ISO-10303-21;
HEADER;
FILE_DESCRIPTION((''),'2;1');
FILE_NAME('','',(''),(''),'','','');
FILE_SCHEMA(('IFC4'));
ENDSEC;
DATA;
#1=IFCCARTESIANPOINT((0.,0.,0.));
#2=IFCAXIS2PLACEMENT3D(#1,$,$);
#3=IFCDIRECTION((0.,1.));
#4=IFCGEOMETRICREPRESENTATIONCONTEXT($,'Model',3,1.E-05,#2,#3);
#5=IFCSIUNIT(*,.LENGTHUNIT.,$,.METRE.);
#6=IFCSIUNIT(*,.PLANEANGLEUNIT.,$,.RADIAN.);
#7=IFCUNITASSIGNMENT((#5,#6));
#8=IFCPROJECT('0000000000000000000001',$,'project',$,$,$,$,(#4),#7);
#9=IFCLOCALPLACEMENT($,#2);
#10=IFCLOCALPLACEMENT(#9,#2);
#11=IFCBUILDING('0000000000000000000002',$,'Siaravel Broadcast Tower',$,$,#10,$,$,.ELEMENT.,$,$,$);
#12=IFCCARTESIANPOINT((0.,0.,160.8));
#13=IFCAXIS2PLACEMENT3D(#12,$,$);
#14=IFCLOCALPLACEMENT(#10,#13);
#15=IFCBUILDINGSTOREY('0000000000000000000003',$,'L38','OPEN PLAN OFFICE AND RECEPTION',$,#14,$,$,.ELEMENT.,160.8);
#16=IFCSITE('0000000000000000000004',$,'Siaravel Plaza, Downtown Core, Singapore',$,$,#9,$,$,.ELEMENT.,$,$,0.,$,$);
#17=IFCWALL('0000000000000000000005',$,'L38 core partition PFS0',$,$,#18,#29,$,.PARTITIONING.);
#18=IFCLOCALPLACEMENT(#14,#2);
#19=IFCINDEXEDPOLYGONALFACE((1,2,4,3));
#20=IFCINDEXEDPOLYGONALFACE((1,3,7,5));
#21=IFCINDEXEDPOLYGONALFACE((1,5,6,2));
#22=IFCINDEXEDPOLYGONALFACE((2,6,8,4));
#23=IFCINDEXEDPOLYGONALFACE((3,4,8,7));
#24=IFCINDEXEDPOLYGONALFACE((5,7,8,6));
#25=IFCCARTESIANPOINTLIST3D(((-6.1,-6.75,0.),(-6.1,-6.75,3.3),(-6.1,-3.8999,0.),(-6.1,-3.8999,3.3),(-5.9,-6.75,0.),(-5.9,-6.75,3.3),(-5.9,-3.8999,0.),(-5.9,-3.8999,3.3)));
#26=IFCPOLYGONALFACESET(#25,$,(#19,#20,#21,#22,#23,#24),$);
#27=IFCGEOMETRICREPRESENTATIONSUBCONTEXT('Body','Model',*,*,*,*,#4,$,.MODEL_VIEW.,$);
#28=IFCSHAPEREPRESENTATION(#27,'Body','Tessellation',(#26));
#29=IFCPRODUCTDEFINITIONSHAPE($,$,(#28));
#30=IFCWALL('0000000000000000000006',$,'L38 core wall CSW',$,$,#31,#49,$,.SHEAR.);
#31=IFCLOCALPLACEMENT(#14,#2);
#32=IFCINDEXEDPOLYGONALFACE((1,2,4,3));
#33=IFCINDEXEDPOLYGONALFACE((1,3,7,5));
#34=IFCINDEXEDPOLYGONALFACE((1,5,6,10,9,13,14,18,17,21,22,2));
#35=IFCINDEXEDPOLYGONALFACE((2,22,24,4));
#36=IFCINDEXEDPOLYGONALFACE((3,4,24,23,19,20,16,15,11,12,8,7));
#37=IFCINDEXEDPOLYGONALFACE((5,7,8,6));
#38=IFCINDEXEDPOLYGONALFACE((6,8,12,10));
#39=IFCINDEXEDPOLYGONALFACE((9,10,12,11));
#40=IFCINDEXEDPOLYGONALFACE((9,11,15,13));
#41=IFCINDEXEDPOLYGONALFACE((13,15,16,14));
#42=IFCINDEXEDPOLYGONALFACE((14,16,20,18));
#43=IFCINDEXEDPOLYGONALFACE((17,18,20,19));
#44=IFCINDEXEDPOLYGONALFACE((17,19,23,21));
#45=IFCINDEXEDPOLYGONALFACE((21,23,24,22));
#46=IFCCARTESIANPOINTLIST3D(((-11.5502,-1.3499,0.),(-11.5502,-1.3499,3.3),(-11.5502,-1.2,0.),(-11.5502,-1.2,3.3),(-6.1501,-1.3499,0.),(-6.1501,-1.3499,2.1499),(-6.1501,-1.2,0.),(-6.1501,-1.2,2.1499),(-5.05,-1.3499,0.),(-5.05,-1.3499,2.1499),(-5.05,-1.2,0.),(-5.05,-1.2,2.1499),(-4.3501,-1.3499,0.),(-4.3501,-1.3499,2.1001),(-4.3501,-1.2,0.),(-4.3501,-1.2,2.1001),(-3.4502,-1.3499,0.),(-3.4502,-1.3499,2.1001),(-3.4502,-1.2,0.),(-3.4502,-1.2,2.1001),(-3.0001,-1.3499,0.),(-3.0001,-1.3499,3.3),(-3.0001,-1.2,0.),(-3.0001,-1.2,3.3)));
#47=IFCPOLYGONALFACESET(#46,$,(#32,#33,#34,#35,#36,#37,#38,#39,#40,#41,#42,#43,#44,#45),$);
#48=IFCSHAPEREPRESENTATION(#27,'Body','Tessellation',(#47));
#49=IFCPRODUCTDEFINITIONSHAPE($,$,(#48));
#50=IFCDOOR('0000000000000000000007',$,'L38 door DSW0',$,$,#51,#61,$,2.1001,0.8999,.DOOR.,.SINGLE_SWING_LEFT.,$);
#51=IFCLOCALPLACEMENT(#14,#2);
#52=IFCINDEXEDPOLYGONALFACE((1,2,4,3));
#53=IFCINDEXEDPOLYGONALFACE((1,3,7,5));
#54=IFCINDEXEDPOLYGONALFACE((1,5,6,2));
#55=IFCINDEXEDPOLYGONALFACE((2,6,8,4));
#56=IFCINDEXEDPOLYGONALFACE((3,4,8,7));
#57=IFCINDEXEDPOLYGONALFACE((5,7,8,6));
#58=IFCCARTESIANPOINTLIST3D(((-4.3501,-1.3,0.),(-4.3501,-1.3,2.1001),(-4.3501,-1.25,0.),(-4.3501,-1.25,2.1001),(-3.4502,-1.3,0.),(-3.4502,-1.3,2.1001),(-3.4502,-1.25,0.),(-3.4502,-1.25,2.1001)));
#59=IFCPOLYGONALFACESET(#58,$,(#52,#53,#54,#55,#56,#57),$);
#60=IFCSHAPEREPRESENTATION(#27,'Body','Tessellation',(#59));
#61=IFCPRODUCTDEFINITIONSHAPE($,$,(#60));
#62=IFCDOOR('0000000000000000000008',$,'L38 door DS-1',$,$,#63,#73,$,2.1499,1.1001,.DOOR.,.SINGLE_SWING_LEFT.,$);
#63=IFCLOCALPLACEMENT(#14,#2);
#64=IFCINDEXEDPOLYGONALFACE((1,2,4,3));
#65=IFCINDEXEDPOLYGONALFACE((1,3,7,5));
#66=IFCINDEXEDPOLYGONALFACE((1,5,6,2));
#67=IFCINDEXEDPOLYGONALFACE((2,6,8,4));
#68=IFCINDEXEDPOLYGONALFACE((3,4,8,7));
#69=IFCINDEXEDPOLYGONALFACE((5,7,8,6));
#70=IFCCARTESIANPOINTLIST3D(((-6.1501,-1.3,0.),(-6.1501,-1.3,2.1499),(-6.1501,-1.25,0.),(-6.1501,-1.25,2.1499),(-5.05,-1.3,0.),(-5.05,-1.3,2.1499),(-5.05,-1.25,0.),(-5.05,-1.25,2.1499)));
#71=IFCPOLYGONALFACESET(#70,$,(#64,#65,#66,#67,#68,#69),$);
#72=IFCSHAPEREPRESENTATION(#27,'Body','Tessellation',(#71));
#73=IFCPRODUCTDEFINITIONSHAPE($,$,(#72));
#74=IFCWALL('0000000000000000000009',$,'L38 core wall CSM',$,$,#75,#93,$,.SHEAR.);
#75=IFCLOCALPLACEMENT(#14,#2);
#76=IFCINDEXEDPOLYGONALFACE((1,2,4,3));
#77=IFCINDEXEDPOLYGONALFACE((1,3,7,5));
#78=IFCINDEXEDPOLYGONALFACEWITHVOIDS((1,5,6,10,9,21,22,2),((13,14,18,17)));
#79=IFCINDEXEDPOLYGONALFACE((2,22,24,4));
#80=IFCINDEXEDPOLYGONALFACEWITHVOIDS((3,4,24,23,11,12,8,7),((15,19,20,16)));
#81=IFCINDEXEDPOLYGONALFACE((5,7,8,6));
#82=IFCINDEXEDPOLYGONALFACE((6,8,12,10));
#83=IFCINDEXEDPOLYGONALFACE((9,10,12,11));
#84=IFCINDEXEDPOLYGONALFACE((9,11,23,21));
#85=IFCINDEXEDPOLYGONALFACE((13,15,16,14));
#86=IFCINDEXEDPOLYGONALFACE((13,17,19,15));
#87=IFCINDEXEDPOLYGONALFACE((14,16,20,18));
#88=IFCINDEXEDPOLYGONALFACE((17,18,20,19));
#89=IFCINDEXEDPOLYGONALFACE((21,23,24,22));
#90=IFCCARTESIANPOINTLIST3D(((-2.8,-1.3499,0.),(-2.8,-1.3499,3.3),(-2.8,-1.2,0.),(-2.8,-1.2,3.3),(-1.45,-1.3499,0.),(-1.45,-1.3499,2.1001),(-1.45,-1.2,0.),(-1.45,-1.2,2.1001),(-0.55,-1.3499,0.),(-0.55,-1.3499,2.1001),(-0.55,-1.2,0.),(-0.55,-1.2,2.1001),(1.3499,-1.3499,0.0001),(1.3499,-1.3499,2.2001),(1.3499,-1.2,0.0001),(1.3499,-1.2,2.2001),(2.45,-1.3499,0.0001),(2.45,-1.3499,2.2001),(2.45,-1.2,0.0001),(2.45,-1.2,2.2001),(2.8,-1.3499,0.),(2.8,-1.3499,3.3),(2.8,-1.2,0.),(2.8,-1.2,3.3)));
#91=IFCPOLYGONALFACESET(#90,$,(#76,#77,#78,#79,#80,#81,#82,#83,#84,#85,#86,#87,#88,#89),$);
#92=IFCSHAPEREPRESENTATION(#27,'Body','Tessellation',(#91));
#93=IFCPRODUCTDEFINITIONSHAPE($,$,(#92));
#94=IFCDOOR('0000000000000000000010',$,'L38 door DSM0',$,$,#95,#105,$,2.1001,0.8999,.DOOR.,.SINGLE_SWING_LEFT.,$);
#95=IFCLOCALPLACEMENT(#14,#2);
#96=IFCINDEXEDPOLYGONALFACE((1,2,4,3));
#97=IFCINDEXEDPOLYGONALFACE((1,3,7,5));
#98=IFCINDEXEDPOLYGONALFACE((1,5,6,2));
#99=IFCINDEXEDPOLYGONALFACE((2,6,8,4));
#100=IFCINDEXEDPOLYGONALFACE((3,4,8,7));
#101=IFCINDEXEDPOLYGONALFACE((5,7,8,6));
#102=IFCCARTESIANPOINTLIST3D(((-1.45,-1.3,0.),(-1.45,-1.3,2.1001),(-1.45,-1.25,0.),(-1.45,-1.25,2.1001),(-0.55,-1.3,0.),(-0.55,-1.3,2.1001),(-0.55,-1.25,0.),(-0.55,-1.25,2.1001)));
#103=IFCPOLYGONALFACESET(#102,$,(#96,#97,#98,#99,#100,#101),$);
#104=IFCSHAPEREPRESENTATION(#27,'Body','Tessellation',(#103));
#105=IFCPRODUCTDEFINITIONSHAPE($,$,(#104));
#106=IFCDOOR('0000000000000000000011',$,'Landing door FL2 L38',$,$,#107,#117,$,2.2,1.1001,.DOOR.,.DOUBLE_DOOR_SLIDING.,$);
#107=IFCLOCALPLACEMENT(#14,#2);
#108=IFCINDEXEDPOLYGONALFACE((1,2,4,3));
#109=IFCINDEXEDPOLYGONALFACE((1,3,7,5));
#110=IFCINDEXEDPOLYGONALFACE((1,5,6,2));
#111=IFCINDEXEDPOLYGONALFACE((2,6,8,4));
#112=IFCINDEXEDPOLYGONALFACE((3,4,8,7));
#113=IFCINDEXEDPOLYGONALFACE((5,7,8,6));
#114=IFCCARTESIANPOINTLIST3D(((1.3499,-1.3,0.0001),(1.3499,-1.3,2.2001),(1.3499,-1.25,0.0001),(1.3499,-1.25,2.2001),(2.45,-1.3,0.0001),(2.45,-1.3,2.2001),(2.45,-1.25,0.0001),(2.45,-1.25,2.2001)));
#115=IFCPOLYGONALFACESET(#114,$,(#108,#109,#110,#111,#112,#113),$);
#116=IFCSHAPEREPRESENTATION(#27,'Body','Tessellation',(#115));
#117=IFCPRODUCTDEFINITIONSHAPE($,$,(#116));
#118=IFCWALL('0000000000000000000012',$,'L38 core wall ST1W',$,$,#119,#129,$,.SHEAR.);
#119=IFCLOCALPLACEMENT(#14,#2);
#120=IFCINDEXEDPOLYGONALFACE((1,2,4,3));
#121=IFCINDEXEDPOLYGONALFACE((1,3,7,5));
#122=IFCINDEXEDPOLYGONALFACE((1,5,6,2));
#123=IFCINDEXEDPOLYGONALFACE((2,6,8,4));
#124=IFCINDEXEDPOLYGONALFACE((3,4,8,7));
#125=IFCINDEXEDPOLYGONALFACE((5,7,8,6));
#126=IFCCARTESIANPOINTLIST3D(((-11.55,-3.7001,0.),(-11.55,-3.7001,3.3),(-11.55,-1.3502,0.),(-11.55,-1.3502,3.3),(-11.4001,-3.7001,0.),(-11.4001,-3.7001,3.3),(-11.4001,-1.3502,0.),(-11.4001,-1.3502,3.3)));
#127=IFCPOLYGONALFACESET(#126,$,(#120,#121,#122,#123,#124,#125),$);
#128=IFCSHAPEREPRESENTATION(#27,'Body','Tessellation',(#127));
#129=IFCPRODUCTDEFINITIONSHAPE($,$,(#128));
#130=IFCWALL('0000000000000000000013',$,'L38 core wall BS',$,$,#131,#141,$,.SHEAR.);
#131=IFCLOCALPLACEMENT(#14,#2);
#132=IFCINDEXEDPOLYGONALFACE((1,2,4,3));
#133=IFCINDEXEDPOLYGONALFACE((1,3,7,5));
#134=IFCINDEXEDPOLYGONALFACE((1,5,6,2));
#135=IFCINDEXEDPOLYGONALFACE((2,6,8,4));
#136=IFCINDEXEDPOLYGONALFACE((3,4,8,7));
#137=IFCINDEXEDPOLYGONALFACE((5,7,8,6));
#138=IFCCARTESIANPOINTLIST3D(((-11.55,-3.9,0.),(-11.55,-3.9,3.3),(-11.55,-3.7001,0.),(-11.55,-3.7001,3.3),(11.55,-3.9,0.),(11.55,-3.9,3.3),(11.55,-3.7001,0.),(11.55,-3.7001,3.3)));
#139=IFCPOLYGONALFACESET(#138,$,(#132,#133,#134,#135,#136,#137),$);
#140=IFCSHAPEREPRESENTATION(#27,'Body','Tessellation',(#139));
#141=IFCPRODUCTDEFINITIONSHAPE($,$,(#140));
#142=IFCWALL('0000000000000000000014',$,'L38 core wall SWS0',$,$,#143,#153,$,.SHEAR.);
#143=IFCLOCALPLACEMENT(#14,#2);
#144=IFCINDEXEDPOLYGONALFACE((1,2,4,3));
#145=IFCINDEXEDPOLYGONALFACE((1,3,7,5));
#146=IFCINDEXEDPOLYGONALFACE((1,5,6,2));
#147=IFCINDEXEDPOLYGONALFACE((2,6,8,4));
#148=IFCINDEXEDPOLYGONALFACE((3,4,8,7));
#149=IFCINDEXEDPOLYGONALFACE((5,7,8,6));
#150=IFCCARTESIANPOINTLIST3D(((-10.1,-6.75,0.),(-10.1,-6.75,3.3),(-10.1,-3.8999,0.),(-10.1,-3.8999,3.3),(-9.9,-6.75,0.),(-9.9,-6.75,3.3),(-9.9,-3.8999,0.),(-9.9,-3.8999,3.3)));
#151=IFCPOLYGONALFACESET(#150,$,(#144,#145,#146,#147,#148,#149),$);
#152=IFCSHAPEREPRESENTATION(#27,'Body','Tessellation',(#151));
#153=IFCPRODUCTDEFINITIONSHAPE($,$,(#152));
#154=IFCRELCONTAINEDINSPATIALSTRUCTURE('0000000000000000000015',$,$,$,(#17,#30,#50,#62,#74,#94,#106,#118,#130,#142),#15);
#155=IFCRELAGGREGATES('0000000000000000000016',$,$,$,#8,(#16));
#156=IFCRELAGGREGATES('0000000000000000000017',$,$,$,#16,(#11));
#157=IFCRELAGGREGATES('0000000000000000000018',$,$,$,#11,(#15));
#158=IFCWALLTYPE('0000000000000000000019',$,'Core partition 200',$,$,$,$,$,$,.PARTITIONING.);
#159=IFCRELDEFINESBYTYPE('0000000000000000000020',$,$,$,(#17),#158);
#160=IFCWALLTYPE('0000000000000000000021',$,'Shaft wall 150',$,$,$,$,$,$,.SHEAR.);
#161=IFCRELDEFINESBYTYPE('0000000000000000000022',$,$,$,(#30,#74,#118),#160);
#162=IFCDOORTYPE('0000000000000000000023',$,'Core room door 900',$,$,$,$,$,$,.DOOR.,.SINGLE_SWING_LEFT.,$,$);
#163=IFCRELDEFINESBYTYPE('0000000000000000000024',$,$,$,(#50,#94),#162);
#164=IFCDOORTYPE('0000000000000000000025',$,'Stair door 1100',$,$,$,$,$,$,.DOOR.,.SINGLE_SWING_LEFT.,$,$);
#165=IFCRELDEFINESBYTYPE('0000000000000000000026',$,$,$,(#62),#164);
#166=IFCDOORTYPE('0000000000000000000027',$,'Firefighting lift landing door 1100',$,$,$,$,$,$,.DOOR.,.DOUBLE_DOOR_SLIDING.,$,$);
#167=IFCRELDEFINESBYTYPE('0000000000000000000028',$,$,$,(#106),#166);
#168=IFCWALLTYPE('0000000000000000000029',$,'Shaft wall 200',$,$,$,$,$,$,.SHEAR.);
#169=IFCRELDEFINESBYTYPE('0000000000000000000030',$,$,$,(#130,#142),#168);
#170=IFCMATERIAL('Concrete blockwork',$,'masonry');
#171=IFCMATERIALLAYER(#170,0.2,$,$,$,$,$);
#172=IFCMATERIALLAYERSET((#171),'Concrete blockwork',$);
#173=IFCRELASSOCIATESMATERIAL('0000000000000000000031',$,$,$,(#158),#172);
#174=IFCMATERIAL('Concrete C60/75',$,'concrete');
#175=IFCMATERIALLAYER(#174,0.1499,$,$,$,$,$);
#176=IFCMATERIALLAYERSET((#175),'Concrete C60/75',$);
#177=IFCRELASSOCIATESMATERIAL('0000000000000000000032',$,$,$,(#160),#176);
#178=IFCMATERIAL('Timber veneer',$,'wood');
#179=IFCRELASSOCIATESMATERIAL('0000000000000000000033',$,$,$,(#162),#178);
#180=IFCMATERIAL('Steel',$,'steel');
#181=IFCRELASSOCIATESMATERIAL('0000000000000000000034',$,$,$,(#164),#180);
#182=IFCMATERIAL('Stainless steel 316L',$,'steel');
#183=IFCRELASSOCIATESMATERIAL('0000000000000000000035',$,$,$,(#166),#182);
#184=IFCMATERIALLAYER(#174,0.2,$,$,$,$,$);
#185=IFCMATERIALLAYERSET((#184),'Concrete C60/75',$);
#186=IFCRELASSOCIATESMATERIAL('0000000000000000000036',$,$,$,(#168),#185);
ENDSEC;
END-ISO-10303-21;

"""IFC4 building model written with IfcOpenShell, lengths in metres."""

from ifc_helpers import new_model, si_unit, direction, frame, frame_2d, origin, place, context, subcontext, project, spatial, rectangle, extrude, material, layer, layer_set, type_object, element, fill, save


model = new_model("IFC4")

# Units and contexts
model_context = context("Model", 3, precision=1e-05, world=origin(), true_north=direction((0.0, 1.0)))
body_context = subcontext(model_context, "Body", "Model", "MODEL_VIEW")
ifc_project = project(units=[si_unit("LENGTHUNIT", "METRE"), si_unit("PLANEANGLEUNIT", "RADIAN")], contexts=[model_context])

# Site, building, storey
site_placement = place(None, origin())
site = spatial("IfcSite", under=ifc_project, at=site_placement, Name="Siaravel Plaza, Downtown Core, Singapore", CompositionType="ELEMENT", RefElevation=0.0)
building_placement = place(site_placement, origin())
building = spatial("IfcBuilding", under=site, at=building_placement, Name="Siaravel Broadcast Tower", CompositionType="ELEMENT")
storey_placement = place(building_placement, frame((0.0, 0.0, 160.8)))
storey = spatial("IfcBuildingStorey", under=building, at=storey_placement, Name="L38", Description="OPEN PLAN OFFICE AND RECEPTION", CompositionType="ELEMENT", Elevation=160.8)

# Wall
ifc_material_1 = material(Name="Concrete blockwork", Category="masonry")
ifc_layer_1 = layer(ifc_material_1, 0.2)
ifc_layer_set_1 = layer_set([ifc_layer_1], Name="Concrete blockwork")
wall_type_1 = type_object("IfcWallType", Name="Core partition 200", PredefinedType="PARTITIONING", material=ifc_layer_set_1)
wall_1_placement = place(storey_placement, frame((-6.0, -6.75, 0.0), z_axis=(0.0, 0.0, 1.0), x_axis=(0.0, 1.0, 0.0)))
element("IfcWall", 1, at=wall_1_placement, inside=storey, type_object=wall_type_1, Name="L38 core partition PFS0", PredefinedType="PARTITIONING", context=body_context, shape_type="SweptSolid", body=[
    extrude(rectangle(XDim=2.8501, YDim=0.2, at=frame_2d((1.425, 0.0))), origin(), (0.0, 0.0, 1.0), 3.3),
])

# Walls, openings, doors
ifc_material_2 = material(Name="Concrete C60/75", Category="concrete")
ifc_layer_2 = layer(ifc_material_2, 0.1499)
ifc_layer_set_2 = layer_set([ifc_layer_2], Name="Concrete C60/75")
wall_type_2 = type_object("IfcWallType", Name="Shaft wall 150", PredefinedType="SHEAR", material=ifc_layer_set_2)
wall_2_placement = place(storey_placement, frame((-11.55, -1.2749, 0.0), z_axis=(0.0, 0.0, 1.0), x_axis=(1.0, 0.0, 0.0)))
wall_2 = element("IfcWall", 2, at=wall_2_placement, inside=storey, type_object=wall_type_2, Name="L38 core wall CSW", PredefinedType="SHEAR", context=body_context, shape_type="SweptSolid", body=[
    extrude(rectangle(XDim=8.55, YDim=0.1499, at=frame_2d((4.2749, 0.0))), origin(), (0.0, 0.0, 1.0), 3.3),
])
opening_1_placement = place(wall_2_placement, frame((5.3999, 0.0, 0.0)))
opening_1 = element("IfcOpeningElement", 3, at=opening_1_placement, cuts=wall_2, PredefinedType="OPENING", context=body_context, shape_type="SweptSolid", body=[
    extrude(rectangle(XDim=1.1001, YDim=2.1499, at=frame_2d((0.55, 1.075))), frame((0.0, 0.085, 0.0), z_axis=(0.0, -1.0, 0.0), x_axis=(1.0, 0.0, 0.0)), (0.0, 0.0, 1.0), 0.1699),
])
opening_2_placement = place(wall_2_placement, frame((7.2, 0.0, 0.0)))
opening_2 = element("IfcOpeningElement", 4, at=opening_2_placement, cuts=wall_2, PredefinedType="OPENING", context=body_context, shape_type="SweptSolid", body=[
    extrude(rectangle(XDim=0.8999, YDim=2.1001, at=frame_2d((0.45, 1.05))), frame((0.0, 0.085, 0.0), z_axis=(0.0, -1.0, 0.0), x_axis=(1.0, 0.0, 0.0)), (0.0, 0.0, 1.0), 0.1699),
])
ifc_material_3 = material(Name="Timber veneer", Category="wood")
door_type_1 = type_object("IfcDoorType", Name="Core room door 900", OperationType="SINGLE_SWING_LEFT", PredefinedType="DOOR", material=ifc_material_3)
door_1_placement = place(opening_2_placement, origin())
door_1 = element("IfcDoor", 5, at=door_1_placement, inside=storey, type_object=door_type_1, Name="L38 door DSW0", OperationType="SINGLE_SWING_LEFT", OverallHeight=2.1001, OverallWidth=0.8999, PredefinedType="DOOR", context=body_context, shape_type="SweptSolid", body=[
    extrude(rectangle(XDim=0.8999, YDim=2.1001, at=frame_2d((0.45, 1.05))), frame((0.0, 0.0249, 0.0), z_axis=(0.0, -1.0, 0.0), x_axis=(1.0, 0.0, 0.0)), (0.0, 0.0, 1.0), 0.05),
])
fill(opening_2, door_1)
ifc_material_4 = material(Name="Steel", Category="steel")
door_type_2 = type_object("IfcDoorType", Name="Stair door 1100", OperationType="SINGLE_SWING_LEFT", PredefinedType="DOOR", material=ifc_material_4)
door_2_placement = place(opening_1_placement, origin())
door_2 = element("IfcDoor", 6, at=door_2_placement, inside=storey, type_object=door_type_2, Name="L38 door DS-1", OperationType="SINGLE_SWING_LEFT", OverallHeight=2.1499, OverallWidth=1.1001, PredefinedType="DOOR", context=body_context, shape_type="SweptSolid", body=[
    extrude(rectangle(XDim=1.1001, YDim=2.1499, at=frame_2d((0.55, 1.075))), frame((0.0, 0.0249, 0.0), z_axis=(0.0, -1.0, 0.0), x_axis=(1.0, 0.0, 0.0)), (0.0, 0.0, 1.0), 0.05),
])
fill(opening_1, door_2)
wall_3_placement = place(storey_placement, frame((-2.8, -1.2749, 0.0), z_axis=(0.0, 0.0, 1.0), x_axis=(1.0, 0.0, 0.0)))
wall_3 = element("IfcWall", 7, at=wall_3_placement, inside=storey, type_object=wall_type_2, Name="L38 core wall CSM", PredefinedType="SHEAR", context=body_context, shape_type="SweptSolid", body=[
    extrude(rectangle(XDim=5.6001, YDim=0.1499, at=frame_2d((2.8, 0.0))), origin(), (0.0, 0.0, 1.0), 3.3),
])
opening_3_placement = place(wall_3_placement, frame((4.1499, 0.0, 0.0)))
opening_3 = element("IfcOpeningElement", 8, at=opening_3_placement, cuts=wall_3, PredefinedType="OPENING", context=body_context, shape_type="SweptSolid", body=[
    extrude(rectangle(XDim=1.1001, YDim=2.2, at=frame_2d((0.55, 1.1001))), frame((0.0, 0.085, 0.0), z_axis=(0.0, -1.0, 0.0), x_axis=(1.0, 0.0, 0.0)), (0.0, 0.0, 1.0), 0.1699),
])
opening_4_placement = place(wall_3_placement, frame((1.3501, 0.0, 0.0)))
opening_4 = element("IfcOpeningElement", 9, at=opening_4_placement, cuts=wall_3, PredefinedType="OPENING", context=body_context, shape_type="SweptSolid", body=[
    extrude(rectangle(XDim=0.8999, YDim=2.1001, at=frame_2d((0.45, 1.05))), frame((0.0, 0.085, 0.0), z_axis=(0.0, -1.0, 0.0), x_axis=(1.0, 0.0, 0.0)), (0.0, 0.0, 1.0), 0.1699),
])
door_3_placement = place(opening_4_placement, origin())
door_3 = element("IfcDoor", 10, at=door_3_placement, inside=storey, type_object=door_type_1, Name="L38 door DSM0", OperationType="SINGLE_SWING_LEFT", OverallHeight=2.1001, OverallWidth=0.8999, PredefinedType="DOOR", context=body_context, shape_type="SweptSolid", body=[
    extrude(rectangle(XDim=0.8999, YDim=2.1001, at=frame_2d((0.45, 1.05))), frame((0.0, 0.0249, 0.0), z_axis=(0.0, -1.0, 0.0), x_axis=(1.0, 0.0, 0.0)), (0.0, 0.0, 1.0), 0.05),
])
fill(opening_4, door_3)
ifc_material_5 = material(Name="Stainless steel 316L", Category="steel")
door_type_3 = type_object("IfcDoorType", Name="Firefighting lift landing door 1100", OperationType="DOUBLE_DOOR_SLIDING", PredefinedType="DOOR", material=ifc_material_5)
door_4_placement = place(opening_3_placement, origin())
door_4 = element("IfcDoor", 11, at=door_4_placement, inside=storey, type_object=door_type_3, Name="Landing door FL2 L38", OperationType="DOUBLE_DOOR_SLIDING", OverallHeight=2.2, OverallWidth=1.1001, PredefinedType="DOOR", context=body_context, shape_type="SweptSolid", body=[
    extrude(rectangle(XDim=1.1001, YDim=2.2, at=frame_2d((0.55, 1.1001))), frame((0.0, 0.0249, 0.0), z_axis=(0.0, -1.0, 0.0), x_axis=(1.0, 0.0, 0.0)), (0.0, 0.0, 1.0), 0.05),
])
fill(opening_3, door_4)

# Walls
wall_4_placement = place(storey_placement, frame((-11.4751, -3.7, 0.0), z_axis=(0.0, 0.0, 1.0), x_axis=(0.0, 1.0, 0.0)))
element("IfcWall", 12, at=wall_4_placement, inside=storey, type_object=wall_type_2, Name="L38 core wall ST1W", PredefinedType="SHEAR", context=body_context, shape_type="SweptSolid", body=[
    extrude(rectangle(XDim=2.3499, YDim=0.1499, at=frame_2d((1.1748, 0.0))), origin(), (0.0, 0.0, 1.0), 3.3),
])
ifc_layer_3 = layer(ifc_material_2, 0.2)
ifc_layer_set_3 = layer_set([ifc_layer_3], Name="Concrete C60/75")
wall_type_3 = type_object("IfcWallType", Name="Shaft wall 200", PredefinedType="SHEAR", material=ifc_layer_set_3)
wall_5_placement = place(storey_placement, frame((-11.55, -3.8, 0.0), z_axis=(0.0, 0.0, 1.0), x_axis=(1.0, 0.0, 0.0)))
element("IfcWall", 13, at=wall_5_placement, inside=storey, type_object=wall_type_3, Name="L38 core wall BS", PredefinedType="SHEAR", context=body_context, shape_type="SweptSolid", body=[
    extrude(rectangle(XDim=23.1001, YDim=0.2, at=frame_2d((11.55, 0.0))), origin(), (0.0, 0.0, 1.0), 3.3),
])
wall_6_placement = place(storey_placement, frame((-10.0, -6.75, 0.0), z_axis=(0.0, 0.0, 1.0), x_axis=(0.0, 1.0, 0.0)))
element("IfcWall", 14, at=wall_6_placement, inside=storey, type_object=wall_type_3, Name="L38 core wall SWS0", PredefinedType="SHEAR", context=body_context, shape_type="SweptSolid", body=[
    extrude(rectangle(XDim=2.8501, YDim=0.2, at=frame_2d((1.425, 0.0))), origin(), (0.0, 0.0, 1.0), 3.3),
])

save(model, "model.ifc")
